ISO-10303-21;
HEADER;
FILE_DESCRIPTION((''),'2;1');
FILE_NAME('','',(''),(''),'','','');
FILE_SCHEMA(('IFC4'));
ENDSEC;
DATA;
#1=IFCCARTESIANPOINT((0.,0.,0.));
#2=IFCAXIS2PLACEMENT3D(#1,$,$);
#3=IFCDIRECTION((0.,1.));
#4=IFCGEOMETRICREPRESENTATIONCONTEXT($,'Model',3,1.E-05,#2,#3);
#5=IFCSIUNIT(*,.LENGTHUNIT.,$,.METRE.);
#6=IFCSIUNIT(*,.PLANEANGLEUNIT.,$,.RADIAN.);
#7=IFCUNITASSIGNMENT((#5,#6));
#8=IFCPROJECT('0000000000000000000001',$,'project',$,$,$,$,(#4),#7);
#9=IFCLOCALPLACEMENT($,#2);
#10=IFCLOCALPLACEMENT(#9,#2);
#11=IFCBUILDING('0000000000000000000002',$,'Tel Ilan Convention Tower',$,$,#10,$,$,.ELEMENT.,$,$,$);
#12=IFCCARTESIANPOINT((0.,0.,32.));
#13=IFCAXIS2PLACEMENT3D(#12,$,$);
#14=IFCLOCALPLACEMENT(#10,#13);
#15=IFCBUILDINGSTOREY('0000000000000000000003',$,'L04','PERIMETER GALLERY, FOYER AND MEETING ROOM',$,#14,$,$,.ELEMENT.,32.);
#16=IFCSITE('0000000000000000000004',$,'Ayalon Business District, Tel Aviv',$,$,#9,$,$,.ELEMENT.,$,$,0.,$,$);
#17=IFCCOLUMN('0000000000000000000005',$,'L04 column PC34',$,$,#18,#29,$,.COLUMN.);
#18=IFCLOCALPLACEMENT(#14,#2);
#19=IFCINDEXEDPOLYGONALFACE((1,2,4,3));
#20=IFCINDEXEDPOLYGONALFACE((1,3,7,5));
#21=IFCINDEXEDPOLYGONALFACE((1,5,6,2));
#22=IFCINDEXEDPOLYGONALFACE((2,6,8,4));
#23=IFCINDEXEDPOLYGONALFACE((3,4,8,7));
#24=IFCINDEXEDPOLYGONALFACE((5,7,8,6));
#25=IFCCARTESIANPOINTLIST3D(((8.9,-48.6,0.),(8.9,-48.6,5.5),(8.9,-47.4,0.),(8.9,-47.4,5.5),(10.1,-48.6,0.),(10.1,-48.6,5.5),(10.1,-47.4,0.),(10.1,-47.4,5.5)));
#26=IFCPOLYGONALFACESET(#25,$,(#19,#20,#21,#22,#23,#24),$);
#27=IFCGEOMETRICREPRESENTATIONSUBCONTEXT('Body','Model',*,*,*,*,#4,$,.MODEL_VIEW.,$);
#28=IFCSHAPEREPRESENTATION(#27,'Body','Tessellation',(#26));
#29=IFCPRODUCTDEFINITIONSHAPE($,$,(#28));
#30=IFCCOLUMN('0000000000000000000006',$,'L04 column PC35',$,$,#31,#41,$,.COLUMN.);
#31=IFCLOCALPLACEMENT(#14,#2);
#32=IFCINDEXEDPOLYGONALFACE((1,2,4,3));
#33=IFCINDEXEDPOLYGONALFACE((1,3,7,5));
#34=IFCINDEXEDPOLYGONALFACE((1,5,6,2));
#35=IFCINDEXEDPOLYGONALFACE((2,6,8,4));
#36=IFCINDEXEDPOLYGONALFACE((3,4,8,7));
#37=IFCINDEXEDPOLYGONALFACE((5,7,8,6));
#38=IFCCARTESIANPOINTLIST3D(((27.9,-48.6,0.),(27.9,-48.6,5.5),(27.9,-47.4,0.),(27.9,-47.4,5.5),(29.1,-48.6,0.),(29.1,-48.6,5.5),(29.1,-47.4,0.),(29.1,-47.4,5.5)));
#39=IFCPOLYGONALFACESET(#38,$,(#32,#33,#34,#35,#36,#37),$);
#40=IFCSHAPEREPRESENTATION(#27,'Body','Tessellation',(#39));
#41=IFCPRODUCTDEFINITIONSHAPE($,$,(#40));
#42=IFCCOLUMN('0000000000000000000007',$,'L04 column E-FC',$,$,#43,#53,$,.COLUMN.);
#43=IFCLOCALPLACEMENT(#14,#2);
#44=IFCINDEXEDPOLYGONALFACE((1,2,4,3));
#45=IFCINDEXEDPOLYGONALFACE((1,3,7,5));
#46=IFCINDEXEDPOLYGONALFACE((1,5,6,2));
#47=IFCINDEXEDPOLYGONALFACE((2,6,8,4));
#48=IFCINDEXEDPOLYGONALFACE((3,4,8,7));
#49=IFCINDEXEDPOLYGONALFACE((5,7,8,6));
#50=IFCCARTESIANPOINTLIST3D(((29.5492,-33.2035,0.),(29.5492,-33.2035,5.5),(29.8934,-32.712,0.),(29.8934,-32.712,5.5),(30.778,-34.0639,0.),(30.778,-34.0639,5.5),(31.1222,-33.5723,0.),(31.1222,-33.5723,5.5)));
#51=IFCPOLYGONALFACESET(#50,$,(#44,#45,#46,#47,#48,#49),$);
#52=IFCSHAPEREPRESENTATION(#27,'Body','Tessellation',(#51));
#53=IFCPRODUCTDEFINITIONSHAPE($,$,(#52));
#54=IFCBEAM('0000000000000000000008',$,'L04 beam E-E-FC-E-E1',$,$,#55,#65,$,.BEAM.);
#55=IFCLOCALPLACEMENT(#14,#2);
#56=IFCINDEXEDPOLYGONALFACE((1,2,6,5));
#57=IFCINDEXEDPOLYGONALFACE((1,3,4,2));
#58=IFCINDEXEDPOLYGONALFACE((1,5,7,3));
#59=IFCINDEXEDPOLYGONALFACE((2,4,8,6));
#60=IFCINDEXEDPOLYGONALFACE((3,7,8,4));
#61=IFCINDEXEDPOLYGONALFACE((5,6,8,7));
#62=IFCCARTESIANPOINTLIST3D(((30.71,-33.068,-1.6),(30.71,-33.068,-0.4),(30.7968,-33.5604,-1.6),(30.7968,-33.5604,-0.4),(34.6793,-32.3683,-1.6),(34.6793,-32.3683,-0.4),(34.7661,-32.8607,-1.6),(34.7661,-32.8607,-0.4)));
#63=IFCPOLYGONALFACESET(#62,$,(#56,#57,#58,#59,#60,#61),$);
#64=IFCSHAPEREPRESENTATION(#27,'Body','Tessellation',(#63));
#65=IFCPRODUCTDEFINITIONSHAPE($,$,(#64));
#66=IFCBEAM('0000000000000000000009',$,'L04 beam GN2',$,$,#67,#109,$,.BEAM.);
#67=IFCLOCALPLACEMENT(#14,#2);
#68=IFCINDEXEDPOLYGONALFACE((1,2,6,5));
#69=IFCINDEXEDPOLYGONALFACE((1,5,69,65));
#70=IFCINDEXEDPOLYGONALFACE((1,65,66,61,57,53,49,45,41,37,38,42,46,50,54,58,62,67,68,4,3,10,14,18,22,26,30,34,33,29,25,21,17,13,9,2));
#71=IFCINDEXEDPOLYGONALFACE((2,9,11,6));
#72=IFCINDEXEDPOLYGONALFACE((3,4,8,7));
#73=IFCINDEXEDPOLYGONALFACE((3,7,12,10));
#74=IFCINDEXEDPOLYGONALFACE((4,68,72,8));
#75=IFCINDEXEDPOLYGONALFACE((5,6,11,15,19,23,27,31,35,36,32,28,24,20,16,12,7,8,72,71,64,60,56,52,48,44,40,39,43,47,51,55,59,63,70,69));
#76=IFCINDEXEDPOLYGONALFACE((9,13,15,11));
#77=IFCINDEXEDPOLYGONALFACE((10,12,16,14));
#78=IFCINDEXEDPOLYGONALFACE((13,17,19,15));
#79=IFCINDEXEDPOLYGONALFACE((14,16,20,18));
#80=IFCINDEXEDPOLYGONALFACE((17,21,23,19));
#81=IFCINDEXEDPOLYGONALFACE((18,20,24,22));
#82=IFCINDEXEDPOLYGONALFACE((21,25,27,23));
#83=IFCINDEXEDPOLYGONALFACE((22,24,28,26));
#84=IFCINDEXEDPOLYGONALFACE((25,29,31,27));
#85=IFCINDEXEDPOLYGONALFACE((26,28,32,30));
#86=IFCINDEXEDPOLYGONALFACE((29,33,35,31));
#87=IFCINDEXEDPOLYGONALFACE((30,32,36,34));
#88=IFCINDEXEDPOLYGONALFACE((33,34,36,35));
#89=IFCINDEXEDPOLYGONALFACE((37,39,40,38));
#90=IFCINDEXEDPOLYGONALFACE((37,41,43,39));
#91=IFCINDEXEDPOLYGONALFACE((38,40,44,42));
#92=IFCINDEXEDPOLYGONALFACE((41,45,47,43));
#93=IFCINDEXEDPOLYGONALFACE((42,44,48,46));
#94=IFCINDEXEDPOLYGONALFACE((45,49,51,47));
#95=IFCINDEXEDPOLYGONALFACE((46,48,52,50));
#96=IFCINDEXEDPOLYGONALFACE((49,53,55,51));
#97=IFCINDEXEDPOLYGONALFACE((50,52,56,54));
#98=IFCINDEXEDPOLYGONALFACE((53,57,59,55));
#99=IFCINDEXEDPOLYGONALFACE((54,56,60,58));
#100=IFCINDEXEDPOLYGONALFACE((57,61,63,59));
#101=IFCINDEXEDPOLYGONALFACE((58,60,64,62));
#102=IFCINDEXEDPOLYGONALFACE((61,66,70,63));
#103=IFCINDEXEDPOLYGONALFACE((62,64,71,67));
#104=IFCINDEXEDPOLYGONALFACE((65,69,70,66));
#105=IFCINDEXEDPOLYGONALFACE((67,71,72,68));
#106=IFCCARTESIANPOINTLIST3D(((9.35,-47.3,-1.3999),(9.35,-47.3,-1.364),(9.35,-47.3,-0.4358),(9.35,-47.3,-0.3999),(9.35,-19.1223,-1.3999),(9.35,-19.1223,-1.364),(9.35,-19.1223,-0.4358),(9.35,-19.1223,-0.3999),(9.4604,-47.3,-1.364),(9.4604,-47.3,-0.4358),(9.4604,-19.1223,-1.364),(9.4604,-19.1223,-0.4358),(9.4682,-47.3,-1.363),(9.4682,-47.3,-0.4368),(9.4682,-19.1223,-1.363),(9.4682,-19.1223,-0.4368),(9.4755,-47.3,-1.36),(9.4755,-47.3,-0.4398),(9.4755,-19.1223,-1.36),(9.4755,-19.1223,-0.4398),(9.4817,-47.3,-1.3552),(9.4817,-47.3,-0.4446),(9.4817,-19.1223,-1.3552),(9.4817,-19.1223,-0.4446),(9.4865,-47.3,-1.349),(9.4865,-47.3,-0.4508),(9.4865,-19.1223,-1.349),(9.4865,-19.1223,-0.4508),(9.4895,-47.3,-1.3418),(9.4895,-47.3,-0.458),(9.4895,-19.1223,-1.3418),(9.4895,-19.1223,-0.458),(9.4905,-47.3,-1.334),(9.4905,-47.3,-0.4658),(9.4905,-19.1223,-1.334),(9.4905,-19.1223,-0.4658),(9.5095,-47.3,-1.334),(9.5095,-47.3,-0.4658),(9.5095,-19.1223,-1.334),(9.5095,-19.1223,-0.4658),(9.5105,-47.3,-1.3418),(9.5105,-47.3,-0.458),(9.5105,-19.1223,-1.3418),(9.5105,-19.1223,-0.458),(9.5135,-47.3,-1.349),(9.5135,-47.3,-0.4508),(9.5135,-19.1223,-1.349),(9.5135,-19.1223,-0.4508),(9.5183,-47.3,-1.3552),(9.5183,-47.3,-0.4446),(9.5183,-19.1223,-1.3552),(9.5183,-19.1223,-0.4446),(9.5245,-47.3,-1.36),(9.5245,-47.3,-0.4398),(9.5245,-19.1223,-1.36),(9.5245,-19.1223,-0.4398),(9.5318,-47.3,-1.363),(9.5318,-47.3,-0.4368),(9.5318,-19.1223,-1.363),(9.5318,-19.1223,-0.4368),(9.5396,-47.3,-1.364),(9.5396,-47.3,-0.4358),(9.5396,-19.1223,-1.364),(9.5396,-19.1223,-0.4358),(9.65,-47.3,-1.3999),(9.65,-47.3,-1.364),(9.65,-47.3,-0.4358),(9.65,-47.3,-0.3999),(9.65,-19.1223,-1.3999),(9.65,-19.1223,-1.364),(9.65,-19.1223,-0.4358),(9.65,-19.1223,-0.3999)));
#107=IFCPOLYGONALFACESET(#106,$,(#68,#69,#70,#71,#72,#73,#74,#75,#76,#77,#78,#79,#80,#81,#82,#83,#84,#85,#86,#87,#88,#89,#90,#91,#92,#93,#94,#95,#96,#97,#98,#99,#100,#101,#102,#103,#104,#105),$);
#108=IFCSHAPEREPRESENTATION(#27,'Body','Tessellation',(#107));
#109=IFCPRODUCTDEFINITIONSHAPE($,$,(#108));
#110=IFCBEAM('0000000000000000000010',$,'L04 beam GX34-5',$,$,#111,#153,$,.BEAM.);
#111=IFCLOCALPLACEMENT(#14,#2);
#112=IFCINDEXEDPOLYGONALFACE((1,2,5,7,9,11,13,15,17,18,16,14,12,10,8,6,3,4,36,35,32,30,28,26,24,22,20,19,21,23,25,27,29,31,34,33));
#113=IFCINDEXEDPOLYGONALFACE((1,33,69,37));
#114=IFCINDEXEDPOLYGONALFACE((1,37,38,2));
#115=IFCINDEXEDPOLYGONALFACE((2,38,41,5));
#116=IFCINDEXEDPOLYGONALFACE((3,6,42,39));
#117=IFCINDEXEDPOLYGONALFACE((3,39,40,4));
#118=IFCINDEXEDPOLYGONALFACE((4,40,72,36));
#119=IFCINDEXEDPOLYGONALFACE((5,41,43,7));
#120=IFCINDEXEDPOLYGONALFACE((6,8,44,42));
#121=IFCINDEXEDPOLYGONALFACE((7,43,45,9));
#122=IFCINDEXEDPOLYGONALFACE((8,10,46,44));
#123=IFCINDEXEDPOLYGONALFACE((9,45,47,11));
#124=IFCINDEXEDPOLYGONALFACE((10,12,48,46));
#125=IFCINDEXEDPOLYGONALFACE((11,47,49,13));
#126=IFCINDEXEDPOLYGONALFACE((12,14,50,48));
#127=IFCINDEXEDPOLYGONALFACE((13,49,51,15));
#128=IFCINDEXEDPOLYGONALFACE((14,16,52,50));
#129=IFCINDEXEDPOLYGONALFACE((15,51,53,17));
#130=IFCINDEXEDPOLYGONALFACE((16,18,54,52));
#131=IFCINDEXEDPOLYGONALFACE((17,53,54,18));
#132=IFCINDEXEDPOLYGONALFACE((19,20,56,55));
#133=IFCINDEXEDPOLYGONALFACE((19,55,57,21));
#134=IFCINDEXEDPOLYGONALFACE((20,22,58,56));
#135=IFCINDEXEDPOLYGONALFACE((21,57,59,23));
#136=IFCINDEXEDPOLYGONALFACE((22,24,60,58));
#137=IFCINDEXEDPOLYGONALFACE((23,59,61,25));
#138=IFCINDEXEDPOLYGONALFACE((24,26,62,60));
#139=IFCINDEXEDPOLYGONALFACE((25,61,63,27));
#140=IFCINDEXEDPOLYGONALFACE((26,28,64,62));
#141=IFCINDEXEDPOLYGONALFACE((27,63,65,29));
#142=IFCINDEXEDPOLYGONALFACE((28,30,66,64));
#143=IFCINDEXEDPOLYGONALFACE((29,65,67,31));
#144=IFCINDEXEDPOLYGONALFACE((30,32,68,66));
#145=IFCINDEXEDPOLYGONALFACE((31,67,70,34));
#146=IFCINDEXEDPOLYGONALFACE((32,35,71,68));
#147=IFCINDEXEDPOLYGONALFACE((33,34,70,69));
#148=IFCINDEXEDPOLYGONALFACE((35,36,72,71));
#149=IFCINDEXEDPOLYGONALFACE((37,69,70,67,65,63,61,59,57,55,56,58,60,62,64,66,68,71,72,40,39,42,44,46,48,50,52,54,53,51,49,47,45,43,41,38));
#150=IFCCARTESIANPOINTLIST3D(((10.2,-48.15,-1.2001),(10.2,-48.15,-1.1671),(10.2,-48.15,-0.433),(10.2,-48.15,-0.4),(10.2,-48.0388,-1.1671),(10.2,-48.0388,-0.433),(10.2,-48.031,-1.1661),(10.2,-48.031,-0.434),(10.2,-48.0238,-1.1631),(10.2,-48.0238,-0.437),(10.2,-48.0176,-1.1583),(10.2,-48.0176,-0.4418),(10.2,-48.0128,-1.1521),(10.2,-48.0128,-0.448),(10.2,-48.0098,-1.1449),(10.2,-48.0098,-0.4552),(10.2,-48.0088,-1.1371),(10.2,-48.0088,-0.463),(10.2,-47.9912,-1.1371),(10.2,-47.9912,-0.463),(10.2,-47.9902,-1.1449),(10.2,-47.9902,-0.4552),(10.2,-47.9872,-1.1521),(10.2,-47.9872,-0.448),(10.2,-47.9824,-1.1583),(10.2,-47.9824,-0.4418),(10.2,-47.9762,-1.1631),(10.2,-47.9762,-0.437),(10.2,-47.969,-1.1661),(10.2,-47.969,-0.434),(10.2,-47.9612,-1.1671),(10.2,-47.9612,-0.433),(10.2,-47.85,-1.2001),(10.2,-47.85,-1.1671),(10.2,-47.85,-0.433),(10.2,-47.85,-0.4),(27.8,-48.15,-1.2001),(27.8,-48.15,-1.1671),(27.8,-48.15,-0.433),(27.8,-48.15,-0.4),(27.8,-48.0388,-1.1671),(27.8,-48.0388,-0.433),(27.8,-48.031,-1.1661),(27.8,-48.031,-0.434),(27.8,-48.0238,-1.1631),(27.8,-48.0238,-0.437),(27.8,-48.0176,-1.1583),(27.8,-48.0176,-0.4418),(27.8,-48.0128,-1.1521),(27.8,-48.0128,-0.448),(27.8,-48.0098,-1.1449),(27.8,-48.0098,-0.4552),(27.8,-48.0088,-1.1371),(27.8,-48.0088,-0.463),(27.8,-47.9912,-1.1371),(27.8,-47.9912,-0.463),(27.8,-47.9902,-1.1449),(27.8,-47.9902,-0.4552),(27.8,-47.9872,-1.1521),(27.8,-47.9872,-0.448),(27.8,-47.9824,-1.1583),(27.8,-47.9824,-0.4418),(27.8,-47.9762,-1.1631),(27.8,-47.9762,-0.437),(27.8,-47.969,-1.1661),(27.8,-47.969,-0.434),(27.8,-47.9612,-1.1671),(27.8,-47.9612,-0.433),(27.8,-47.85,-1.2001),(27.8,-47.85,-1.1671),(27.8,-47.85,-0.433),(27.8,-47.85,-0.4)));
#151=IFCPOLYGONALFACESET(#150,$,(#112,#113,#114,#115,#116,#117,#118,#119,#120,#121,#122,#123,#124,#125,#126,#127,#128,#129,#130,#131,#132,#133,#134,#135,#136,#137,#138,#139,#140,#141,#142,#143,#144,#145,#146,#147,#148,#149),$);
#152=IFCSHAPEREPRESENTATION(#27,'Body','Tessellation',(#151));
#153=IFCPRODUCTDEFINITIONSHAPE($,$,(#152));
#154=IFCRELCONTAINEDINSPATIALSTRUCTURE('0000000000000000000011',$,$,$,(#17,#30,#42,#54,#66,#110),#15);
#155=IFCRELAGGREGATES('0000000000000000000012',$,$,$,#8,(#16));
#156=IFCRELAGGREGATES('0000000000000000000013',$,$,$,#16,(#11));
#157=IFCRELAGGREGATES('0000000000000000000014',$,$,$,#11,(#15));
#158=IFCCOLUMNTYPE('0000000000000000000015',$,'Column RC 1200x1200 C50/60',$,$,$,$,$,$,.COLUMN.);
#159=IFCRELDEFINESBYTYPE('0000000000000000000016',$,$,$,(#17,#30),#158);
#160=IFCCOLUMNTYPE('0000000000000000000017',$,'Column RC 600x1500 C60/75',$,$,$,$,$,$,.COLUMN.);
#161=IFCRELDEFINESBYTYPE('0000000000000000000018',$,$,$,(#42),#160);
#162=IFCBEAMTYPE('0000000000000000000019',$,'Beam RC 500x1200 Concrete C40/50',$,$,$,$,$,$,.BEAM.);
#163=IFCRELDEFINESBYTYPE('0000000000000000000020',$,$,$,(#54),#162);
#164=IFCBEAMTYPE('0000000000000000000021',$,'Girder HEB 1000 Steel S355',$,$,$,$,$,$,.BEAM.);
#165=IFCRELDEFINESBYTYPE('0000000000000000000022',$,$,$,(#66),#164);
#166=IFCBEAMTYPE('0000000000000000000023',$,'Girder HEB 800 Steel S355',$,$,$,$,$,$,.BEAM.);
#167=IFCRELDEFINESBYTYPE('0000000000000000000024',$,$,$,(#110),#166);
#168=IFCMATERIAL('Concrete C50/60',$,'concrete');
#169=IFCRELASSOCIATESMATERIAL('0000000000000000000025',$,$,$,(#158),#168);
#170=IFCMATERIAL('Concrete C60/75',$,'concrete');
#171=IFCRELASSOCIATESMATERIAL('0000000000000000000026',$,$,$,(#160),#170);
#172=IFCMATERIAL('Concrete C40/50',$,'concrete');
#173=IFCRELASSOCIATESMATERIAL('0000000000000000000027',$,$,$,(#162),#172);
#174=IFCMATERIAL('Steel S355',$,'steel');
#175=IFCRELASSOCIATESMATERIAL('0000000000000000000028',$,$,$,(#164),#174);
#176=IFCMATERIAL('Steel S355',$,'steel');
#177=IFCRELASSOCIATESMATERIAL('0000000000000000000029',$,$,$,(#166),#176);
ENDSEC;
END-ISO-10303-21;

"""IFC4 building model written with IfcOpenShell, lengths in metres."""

from ifc_helpers import new_model, si_unit, direction, frame, origin, origin_2d, place, context, subcontext, project, spatial, rectangle, i_section, extrude, material, material_profile, profile_set, type_object, element, save


model = new_model("IFC4")

# Units and contexts
model_context = context("Model", 3, precision=1e-05, world=origin(), true_north=direction((0.0, 1.0)))
body_context = subcontext(model_context, "Body", "Model", "MODEL_VIEW")
ifc_project = project(units=[si_unit("LENGTHUNIT", "METRE"), si_unit("PLANEANGLEUNIT", "RADIAN")], contexts=[model_context])

# Site, building, storey
site_placement = place(None, origin())
site = spatial("IfcSite", under=ifc_project, at=site_placement, Name="Ayalon Business District, Tel Aviv", CompositionType="ELEMENT", RefElevation=0.0)
building_placement = place(site_placement, origin())
building = spatial("IfcBuilding", under=site, at=building_placement, Name="Tel Ilan Convention Tower", CompositionType="ELEMENT")
storey_placement = place(building_placement, frame((0.0, 0.0, 32.0)))
storey = spatial("IfcBuildingStorey", under=building, at=storey_placement, Name="L04", Description="PERIMETER GALLERY, FOYER AND MEETING ROOM", CompositionType="ELEMENT", Elevation=32.0)

# Columns
ifc_material_1 = material(Name="Concrete C50/60", Category="concrete")
ifc_material_profile_1 = material_profile(ifc_material_1, rectangle(XDim=1.2, YDim=1.2, at=origin_2d()), Name="RC 1200x1200")
ifc_profile_set_1 = profile_set([ifc_material_profile_1], Name="Concrete C50/60")
column_type_1 = type_object("IfcColumnType", Name="Column RC 1200x1200 C50/60", PredefinedType="COLUMN", material=ifc_profile_set_1)
for number, where, z_axis, x_axis, name in (
    (1, (9.5, -48.0, 0.0), (0.0, 0.0, 1.0), (1.0, 0.0, 0.0), "L04 column PC34"),
    (2, (28.5, -48.0, 0.0), (0.0, 0.0, 1.0), (1.0, 0.0, 0.0), "L04 column PC35"),
):
    element("IfcColumn", number, at=place(storey_placement, frame(where, z_axis=z_axis, x_axis=x_axis)), inside=storey, type_object=column_type_1, Name=name, PredefinedType="COLUMN", context=body_context, shape_type="SweptSolid", body=[
        extrude(rectangle(XDim=1.2, YDim=1.2, at=origin_2d()), origin(), (0.0, 0.0, 1.0), 5.5),
    ])
ifc_material_2 = material(Name="Concrete C60/75", Category="concrete")
ifc_material_profile_2 = material_profile(ifc_material_2, rectangle(XDim=1.5, YDim=0.6001, at=origin_2d()), Name="RC 600x1500")
ifc_profile_set_2 = profile_set([ifc_material_profile_2], Name="Concrete C60/75")
column_type_2 = type_object("IfcColumnType", Name="Column RC 600x1500 C60/75", PredefinedType="COLUMN", material=ifc_profile_set_2)
column_placement = place(storey_placement, frame((30.3357, -33.3879, 0.0), z_axis=(0.0, 0.0, 1.0), x_axis=(0.819152, -0.573576, 0.0)))
element("IfcColumn", 3, at=column_placement, inside=storey, type_object=column_type_2, Name="L04 column E-FC", PredefinedType="COLUMN", context=body_context, shape_type="SweptSolid", body=[
    extrude(rectangle(XDim=1.5, YDim=0.6001, at=origin_2d()), origin(), (0.0, 0.0, 1.0), 5.5),
])

# Beams
ifc_material_3 = material(Name="Concrete C40/50", Category="concrete")
ifc_material_profile_3 = material_profile(ifc_material_3, rectangle(XDim=0.5, YDim=1.2, at=origin_2d()), Name="RC 500x1200")
ifc_profile_set_3 = profile_set([ifc_material_profile_3], Name="Concrete C40/50")
beam_type_1 = type_object("IfcBeamType", Name="Beam RC 500x1200 Concrete C40/50", PredefinedType="BEAM", material=ifc_profile_set_3)
beam_1_placement = place(storey_placement, frame((30.7534, -33.3142, -1.0), z_axis=(0.984815, 0.173606, 0.0), x_axis=(-0.173606, 0.984815, 0.0)))
element("IfcBeam", 4, at=beam_1_placement, inside=storey, type_object=beam_type_1, Name="L04 beam E-E-FC-E-E1", PredefinedType="BEAM", context=body_context, shape_type="SweptSolid", body=[
    extrude(rectangle(XDim=0.5, YDim=1.2, at=origin_2d()), origin(), (0.0, 0.0, 1.0), 4.0305),
])
ifc_material_4 = material(Name="Steel S355", Category="steel")
ifc_material_profile_4 = material_profile(ifc_material_4, i_section(OverallWidth=0.3, OverallDepth=1.0, WebThickness=0.019, FlangeThickness=0.0359, FilletRadius=0.03, at=origin_2d()), Name="HEB 1000")
ifc_profile_set_4 = profile_set([ifc_material_profile_4], Name="Steel S355")
beam_type_2 = type_object("IfcBeamType", Name="Girder HEB 1000 Steel S355", PredefinedType="BEAM", material=ifc_profile_set_4)
beam_2_placement = place(storey_placement, frame((9.5, -47.3, -0.8999), z_axis=(0.0, 1.0, 0.0), x_axis=(-1.0, 0.0, 0.0)))
element("IfcBeam", 5, at=beam_2_placement, inside=storey, type_object=beam_type_2, Name="L04 beam GN2", PredefinedType="BEAM", context=body_context, shape_type="SweptSolid", body=[
    extrude(i_section(OverallWidth=0.3, OverallDepth=1.0, WebThickness=0.019, FlangeThickness=0.0359, FilletRadius=0.03, at=origin_2d()), origin(), (0.0, 0.0, 1.0), 28.1777),
])
ifc_material_5 = material(Name="Steel S355", Category="steel")
ifc_material_profile_5 = material_profile(ifc_material_5, i_section(OverallWidth=0.3, OverallDepth=0.8, WebThickness=0.0176, FlangeThickness=0.033, FilletRadius=0.03, at=origin_2d()), Name="HEB 800")
ifc_profile_set_5 = profile_set([ifc_material_profile_5], Name="Steel S355")
beam_type_3 = type_object("IfcBeamType", Name="Girder HEB 800 Steel S355", PredefinedType="BEAM", material=ifc_profile_set_5)
beam_3_placement = place(storey_placement, frame((10.2, -48.0, -0.8), z_axis=(1.0, 0.0, 0.0), x_axis=(0.0, 1.0, 0.0)))
element("IfcBeam", 6, at=beam_3_placement, inside=storey, type_object=beam_type_3, Name="L04 beam GX34-5", PredefinedType="BEAM", context=body_context, shape_type="SweptSolid", body=[
    extrude(i_section(OverallWidth=0.3, OverallDepth=0.8, WebThickness=0.0176, FlangeThickness=0.033, FilletRadius=0.03, at=origin_2d()), origin(), (0.0, 0.0, 1.0), 17.6001),
])

save(model, "model.ifc")
